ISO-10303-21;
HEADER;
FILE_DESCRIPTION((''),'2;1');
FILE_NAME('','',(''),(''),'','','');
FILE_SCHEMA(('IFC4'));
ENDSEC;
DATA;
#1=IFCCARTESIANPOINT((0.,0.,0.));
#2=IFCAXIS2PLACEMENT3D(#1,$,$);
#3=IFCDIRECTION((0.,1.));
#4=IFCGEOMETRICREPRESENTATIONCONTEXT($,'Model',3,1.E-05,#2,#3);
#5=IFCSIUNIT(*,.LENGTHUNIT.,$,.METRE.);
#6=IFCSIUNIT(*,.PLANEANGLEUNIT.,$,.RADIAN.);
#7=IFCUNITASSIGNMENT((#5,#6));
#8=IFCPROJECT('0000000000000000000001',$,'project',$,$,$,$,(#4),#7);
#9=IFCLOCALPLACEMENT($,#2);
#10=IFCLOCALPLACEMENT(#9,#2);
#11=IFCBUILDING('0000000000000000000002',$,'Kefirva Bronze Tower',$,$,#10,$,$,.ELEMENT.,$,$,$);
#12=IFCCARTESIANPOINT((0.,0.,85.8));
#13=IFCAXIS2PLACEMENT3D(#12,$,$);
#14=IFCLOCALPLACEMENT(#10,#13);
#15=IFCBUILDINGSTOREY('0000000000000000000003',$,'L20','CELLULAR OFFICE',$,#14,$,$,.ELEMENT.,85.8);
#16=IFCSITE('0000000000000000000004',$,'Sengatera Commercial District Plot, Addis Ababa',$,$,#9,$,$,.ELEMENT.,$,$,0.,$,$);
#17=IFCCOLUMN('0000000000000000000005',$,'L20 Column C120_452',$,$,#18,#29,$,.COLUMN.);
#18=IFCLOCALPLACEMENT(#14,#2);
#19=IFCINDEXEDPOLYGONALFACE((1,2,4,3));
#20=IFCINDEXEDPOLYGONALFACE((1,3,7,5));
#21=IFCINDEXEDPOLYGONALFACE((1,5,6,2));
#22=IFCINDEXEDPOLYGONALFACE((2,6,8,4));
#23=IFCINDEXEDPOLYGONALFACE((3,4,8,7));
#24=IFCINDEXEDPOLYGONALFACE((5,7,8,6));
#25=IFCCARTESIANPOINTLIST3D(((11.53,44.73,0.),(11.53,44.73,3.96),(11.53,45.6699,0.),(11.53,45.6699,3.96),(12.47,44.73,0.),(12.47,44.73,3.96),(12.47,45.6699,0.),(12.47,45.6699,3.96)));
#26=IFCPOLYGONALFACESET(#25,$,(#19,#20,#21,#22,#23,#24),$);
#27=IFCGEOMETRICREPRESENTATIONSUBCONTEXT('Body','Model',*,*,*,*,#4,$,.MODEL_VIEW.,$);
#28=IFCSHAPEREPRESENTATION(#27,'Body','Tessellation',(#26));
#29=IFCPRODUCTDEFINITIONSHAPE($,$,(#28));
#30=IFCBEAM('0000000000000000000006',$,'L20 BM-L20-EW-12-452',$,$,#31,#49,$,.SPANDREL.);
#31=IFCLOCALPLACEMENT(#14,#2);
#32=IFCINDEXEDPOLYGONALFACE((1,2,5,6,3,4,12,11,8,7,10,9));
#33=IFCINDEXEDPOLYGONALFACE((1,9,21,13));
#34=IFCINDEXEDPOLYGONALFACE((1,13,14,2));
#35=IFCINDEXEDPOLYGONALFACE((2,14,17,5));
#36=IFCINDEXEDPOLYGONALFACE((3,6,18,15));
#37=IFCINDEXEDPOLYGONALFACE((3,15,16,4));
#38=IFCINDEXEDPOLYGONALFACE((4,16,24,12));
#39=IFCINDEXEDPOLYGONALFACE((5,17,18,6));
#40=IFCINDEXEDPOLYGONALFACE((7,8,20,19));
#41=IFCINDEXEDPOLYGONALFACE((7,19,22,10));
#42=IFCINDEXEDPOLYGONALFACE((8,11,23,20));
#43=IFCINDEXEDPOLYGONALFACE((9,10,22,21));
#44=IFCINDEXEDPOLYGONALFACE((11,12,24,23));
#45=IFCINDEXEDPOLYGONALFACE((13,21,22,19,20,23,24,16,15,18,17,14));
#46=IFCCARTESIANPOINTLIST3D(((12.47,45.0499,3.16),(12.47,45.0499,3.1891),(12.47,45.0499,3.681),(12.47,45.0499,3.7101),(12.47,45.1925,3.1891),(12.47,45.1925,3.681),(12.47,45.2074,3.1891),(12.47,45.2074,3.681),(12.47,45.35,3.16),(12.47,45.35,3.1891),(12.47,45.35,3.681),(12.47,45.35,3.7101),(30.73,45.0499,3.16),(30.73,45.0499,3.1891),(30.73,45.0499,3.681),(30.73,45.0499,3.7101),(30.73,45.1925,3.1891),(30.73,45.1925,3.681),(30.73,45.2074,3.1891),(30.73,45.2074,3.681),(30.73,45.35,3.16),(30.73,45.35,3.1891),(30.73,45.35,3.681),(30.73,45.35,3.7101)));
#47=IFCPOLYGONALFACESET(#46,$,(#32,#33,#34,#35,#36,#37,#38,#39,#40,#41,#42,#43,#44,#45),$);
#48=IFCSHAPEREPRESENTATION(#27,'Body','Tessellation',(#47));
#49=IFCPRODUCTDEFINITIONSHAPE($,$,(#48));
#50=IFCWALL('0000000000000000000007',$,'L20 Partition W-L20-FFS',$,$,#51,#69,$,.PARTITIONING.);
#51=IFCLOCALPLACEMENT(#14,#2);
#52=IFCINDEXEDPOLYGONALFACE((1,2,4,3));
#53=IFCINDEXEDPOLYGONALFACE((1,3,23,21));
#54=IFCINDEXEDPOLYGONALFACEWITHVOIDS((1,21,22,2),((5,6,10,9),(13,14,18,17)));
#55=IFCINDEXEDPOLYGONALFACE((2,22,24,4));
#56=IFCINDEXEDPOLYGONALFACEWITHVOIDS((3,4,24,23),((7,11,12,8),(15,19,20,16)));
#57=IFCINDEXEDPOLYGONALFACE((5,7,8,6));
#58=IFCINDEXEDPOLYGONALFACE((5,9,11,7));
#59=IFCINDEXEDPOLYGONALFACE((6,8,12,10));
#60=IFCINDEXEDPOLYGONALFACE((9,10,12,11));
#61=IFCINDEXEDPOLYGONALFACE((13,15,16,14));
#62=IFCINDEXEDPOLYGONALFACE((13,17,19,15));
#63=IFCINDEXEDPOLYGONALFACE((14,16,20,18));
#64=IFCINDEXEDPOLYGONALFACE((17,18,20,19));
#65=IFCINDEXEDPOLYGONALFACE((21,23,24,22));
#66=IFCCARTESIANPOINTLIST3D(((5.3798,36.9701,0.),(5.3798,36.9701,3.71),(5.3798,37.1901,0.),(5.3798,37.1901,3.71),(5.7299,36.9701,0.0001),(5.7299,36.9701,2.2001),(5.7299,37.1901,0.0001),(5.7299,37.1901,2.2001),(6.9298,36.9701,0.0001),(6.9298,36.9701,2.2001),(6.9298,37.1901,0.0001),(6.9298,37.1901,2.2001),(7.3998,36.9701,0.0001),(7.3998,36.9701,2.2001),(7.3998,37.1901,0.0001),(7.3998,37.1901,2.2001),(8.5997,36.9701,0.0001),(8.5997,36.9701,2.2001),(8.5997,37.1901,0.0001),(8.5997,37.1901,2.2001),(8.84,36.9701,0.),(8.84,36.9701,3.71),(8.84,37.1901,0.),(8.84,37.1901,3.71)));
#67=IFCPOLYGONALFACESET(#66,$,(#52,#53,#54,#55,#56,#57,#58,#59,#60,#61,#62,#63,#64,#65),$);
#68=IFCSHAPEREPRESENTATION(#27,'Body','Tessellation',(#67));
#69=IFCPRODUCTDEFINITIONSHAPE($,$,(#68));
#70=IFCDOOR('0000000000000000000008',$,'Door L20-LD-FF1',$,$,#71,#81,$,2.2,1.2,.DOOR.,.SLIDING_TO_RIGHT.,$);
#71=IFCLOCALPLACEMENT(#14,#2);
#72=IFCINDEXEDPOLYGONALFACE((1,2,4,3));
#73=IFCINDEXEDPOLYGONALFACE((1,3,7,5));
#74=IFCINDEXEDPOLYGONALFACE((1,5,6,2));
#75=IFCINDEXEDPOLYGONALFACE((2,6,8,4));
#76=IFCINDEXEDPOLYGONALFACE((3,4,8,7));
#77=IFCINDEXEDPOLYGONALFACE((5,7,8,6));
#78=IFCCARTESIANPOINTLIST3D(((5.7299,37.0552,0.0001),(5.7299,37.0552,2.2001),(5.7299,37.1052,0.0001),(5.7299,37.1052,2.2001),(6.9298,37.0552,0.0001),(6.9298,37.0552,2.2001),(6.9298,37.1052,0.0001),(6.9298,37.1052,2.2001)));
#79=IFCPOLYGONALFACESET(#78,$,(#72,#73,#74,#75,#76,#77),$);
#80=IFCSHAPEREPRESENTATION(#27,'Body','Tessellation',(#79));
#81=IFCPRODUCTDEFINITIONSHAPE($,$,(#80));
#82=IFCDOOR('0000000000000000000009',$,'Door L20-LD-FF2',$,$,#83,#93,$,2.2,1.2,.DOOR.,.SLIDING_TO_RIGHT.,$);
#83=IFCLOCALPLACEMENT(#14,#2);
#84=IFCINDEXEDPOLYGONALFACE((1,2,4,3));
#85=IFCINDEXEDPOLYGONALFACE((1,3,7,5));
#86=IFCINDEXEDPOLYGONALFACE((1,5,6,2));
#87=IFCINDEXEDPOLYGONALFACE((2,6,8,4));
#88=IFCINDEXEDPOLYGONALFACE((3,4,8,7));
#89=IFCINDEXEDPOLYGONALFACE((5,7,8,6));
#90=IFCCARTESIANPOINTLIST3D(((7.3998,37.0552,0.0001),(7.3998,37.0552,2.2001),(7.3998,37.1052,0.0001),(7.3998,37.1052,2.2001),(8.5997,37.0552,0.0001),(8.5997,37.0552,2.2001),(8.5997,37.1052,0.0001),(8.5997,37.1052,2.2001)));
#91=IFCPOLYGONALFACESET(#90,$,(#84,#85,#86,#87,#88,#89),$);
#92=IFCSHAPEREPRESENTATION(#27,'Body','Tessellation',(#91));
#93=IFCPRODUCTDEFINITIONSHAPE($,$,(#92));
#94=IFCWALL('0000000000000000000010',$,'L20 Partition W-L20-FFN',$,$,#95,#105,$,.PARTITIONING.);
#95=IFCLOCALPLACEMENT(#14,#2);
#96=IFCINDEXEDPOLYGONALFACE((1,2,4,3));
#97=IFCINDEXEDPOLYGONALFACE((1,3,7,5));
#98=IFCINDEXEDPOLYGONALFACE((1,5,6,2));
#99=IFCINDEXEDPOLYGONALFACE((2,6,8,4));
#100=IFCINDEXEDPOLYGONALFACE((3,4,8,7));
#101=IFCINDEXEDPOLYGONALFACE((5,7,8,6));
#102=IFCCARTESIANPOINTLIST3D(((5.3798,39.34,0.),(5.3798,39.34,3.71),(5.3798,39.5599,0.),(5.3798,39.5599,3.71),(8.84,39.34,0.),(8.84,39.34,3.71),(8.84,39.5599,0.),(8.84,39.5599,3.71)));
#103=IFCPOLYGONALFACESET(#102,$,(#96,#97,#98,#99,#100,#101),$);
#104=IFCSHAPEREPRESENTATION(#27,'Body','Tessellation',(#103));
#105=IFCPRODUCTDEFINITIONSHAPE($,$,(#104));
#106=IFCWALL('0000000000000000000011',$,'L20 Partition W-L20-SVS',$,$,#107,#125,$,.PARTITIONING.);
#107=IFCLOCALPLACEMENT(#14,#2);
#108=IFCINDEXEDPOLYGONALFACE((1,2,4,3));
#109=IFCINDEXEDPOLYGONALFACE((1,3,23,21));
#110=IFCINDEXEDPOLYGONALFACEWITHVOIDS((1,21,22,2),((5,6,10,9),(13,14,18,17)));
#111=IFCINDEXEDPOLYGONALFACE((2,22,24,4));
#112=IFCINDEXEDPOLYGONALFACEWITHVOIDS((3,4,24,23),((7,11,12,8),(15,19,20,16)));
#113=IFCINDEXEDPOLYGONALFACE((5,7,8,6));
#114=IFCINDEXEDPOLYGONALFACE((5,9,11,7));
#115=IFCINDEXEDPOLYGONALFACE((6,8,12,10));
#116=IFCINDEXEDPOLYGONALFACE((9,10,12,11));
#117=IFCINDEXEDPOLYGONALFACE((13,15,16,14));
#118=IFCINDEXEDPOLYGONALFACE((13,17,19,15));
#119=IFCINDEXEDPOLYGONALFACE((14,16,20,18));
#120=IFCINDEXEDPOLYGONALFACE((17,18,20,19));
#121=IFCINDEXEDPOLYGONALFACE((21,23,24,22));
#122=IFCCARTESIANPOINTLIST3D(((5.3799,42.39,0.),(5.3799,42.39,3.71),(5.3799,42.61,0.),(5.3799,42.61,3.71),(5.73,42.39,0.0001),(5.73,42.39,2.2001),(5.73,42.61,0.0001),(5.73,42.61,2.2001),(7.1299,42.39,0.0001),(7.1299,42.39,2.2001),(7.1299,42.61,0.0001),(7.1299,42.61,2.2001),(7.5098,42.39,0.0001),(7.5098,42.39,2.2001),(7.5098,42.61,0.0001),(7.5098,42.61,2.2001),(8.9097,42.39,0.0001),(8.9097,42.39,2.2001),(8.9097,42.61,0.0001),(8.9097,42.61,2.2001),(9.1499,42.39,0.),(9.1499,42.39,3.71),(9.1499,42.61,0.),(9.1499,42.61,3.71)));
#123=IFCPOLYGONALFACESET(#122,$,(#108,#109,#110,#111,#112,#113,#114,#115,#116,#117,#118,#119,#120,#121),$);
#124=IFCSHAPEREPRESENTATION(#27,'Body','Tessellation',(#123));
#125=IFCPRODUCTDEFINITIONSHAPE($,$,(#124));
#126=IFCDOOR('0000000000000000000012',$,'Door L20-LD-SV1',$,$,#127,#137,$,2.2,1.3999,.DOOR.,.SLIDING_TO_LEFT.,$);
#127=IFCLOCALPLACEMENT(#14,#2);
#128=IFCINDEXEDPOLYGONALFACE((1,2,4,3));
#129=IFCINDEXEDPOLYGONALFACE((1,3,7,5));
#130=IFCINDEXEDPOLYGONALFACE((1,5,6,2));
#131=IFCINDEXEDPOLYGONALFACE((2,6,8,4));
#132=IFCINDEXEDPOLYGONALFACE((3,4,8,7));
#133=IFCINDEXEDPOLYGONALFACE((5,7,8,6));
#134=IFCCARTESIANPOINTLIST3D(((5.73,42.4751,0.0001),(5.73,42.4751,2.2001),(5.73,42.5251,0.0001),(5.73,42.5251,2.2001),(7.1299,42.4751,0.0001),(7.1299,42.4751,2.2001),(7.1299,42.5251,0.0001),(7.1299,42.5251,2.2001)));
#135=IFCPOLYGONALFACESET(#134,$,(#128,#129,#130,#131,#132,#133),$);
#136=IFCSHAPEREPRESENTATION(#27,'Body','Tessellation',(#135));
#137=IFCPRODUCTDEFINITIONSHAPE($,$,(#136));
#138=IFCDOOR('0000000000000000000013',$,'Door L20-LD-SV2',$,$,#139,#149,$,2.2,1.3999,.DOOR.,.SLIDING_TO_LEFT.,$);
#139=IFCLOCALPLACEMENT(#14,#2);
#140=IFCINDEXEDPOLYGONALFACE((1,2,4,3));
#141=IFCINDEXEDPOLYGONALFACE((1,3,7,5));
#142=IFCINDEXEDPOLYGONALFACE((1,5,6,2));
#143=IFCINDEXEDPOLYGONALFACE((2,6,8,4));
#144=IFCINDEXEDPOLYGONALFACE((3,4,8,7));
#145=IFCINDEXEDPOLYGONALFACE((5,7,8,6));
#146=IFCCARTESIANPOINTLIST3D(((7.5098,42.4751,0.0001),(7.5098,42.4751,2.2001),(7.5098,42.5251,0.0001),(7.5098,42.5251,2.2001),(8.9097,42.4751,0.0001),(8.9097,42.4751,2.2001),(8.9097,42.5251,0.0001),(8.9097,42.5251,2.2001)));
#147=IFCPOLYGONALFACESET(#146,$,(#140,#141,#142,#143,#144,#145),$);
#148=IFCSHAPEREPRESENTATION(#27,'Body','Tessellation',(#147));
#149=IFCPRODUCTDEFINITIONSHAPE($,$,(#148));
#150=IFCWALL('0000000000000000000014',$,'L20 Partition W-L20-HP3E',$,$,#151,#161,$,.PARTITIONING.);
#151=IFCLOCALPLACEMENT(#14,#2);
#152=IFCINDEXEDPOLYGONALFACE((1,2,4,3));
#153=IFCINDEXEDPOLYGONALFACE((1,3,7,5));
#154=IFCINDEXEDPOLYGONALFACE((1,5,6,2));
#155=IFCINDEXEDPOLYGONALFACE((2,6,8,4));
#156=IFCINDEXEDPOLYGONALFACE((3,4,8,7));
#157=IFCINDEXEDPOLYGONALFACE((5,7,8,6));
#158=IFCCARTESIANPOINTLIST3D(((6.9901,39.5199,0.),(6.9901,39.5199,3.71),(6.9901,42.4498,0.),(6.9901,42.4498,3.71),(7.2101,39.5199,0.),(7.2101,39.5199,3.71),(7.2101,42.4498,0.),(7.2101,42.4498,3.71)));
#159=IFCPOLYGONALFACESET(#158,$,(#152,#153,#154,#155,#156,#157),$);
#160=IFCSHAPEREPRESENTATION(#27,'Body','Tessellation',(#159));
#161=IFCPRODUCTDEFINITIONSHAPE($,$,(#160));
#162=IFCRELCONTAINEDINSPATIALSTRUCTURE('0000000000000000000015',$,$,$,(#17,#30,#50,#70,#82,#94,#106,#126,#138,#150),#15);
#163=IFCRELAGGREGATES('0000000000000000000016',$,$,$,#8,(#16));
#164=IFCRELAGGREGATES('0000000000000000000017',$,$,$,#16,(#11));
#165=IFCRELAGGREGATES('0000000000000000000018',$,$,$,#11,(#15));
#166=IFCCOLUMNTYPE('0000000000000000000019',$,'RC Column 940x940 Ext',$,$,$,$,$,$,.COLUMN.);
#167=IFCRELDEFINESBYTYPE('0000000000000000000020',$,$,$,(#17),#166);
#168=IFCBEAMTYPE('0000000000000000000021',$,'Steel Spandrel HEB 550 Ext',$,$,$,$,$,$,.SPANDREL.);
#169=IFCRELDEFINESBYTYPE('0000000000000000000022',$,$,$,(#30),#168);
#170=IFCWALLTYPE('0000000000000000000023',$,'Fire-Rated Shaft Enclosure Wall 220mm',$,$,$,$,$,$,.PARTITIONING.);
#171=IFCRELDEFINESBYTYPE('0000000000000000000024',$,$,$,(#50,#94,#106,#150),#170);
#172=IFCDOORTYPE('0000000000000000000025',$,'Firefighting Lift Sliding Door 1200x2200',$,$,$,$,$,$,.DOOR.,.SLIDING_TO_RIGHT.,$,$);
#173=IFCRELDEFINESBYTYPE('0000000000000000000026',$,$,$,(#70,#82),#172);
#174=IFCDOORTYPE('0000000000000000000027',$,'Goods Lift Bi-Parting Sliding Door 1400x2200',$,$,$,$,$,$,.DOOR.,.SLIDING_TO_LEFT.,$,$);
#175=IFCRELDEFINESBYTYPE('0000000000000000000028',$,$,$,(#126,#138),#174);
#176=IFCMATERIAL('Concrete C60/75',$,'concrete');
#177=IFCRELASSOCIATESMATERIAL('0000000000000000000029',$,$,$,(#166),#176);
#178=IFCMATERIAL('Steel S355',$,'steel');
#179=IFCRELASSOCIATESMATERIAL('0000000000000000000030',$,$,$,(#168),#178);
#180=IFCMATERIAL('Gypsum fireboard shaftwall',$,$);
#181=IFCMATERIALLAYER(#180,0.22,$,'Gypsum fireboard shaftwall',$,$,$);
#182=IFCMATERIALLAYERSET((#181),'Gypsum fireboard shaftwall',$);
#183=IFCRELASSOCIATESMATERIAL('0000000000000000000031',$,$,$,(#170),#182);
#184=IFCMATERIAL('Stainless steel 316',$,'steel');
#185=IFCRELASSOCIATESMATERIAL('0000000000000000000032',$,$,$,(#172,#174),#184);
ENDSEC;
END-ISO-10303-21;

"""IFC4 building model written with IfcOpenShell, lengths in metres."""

from ifc_helpers import new_model, si_unit, direction, frame, frame_2d, origin, origin_2d, place, context, subcontext, project, spatial, rectangle, i_section, extrude, material, layer, layer_set, material_profile, profile_set, type_object, element, fill, save


model = new_model("IFC4")

# Units and contexts
model_context = context("Model", 3, precision=1e-05, world=origin(), true_north=direction((0.0, 1.0)))
body_context = subcontext(model_context, "Body", "Model", "MODEL_VIEW")
ifc_project = project(units=[si_unit("LENGTHUNIT", "METRE"), si_unit("PLANEANGLEUNIT", "RADIAN")], contexts=[model_context])

# Site, building, storey
site_placement = place(None, origin())
site = spatial("IfcSite", under=ifc_project, at=site_placement, Name="Sengatera Commercial District Plot, Addis Ababa", CompositionType="ELEMENT", RefElevation=0.0)
building_placement = place(site_placement, origin())
building = spatial("IfcBuilding", under=site, at=building_placement, Name="Kefirva Bronze Tower", CompositionType="ELEMENT")
storey_placement = place(building_placement, frame((0.0, 0.0, 85.8)))
storey = spatial("IfcBuildingStorey", under=building, at=storey_placement, Name="L20", Description="CELLULAR OFFICE", CompositionType="ELEMENT", Elevation=85.8)

# Column
ifc_material_1 = material(Name="Concrete C60/75", Category="concrete")
ifc_material_profile_1 = material_profile(ifc_material_1, rectangle(XDim=0.9399, YDim=0.9399, at=origin_2d()), Name="RC 940x940")
ifc_profile_set_1 = profile_set([ifc_material_profile_1], Name="Concrete C60/75")
column_type = type_object("IfcColumnType", Name="RC Column 940x940 Ext", PredefinedType="COLUMN", material=ifc_profile_set_1)
column_placement = place(storey_placement, frame((12.0, 45.2, 0.0), z_axis=(0.0, 0.0, 1.0), x_axis=(1.0, 0.0, 0.0)))
element("IfcColumn", 1, at=column_placement, inside=storey, type_object=column_type, Name="L20 Column C120_452", PredefinedType="COLUMN", context=body_context, shape_type="SweptSolid", body=[
    extrude(rectangle(XDim=0.9399, YDim=0.9399, at=origin_2d()), origin(), (0.0, 0.0, 1.0), 3.96),
])

# Beam
ifc_material_2 = material(Name="Steel S355", Category="steel")
ifc_material_profile_2 = material_profile(ifc_material_2, i_section(OverallWidth=0.3, OverallDepth=0.55, WebThickness=0.0149, FlangeThickness=0.0291, at=origin_2d()), Name="HEB 550")
ifc_profile_set_2 = profile_set([ifc_material_profile_2], Name="Steel S355")
beam_type = type_object("IfcBeamType", Name="Steel Spandrel HEB 550 Ext", PredefinedType="SPANDREL", material=ifc_profile_set_2)
beam_placement = place(storey_placement, frame((12.47, 45.2, 3.4351), z_axis=(1.0, 0.0, 0.0), x_axis=(0.0, 1.0, 0.0)))
element("IfcBeam", 2, at=beam_placement, inside=storey, type_object=beam_type, Name="L20 BM-L20-EW-12-452", PredefinedType="SPANDREL", context=body_context, shape_type="SweptSolid", body=[
    extrude(i_section(OverallWidth=0.3, OverallDepth=0.55, WebThickness=0.0149, FlangeThickness=0.0291, at=origin_2d()), origin(), (0.0, 0.0, 1.0), 18.26),
])

# Wall, openings, doors
ifc_material_3 = material(Name="Gypsum fireboard shaftwall")
ifc_layer_1 = layer(ifc_material_3, 0.22, Name="Gypsum fireboard shaftwall")
ifc_layer_set_1 = layer_set([ifc_layer_1], Name="Gypsum fireboard shaftwall")
wall_type_1 = type_object("IfcWallType", Name="Fire-Rated Shaft Enclosure Wall 220mm", PredefinedType="PARTITIONING", material=ifc_layer_set_1)
wall_1_placement = place(storey_placement, frame((5.3799, 37.0801, 0.0), z_axis=(0.0, 0.0, 1.0), x_axis=(1.0, 0.0, 0.0)))
wall_1 = element("IfcWall", 3, at=wall_1_placement, inside=storey, type_object=wall_type_1, Name="L20 Partition W-L20-FFS", PredefinedType="PARTITIONING", context=body_context, shape_type="SweptSolid", body=[
    extrude(rectangle(XDim=3.4602, YDim=0.22, at=frame_2d((1.73, 0.0))), origin(), (0.0, 0.0, 1.0), 3.71),
])
opening_1_placement = place(wall_1_placement, frame((1.55, 0.0, 0.0), z_axis=(0.0, 0.0, 1.0), x_axis=(-1.0, 0.0, 0.0)))
opening_1 = element("IfcOpeningElement", 4, at=opening_1_placement, cuts=wall_1, PredefinedType="OPENING", context=body_context, shape_type="SweptSolid", body=[
    extrude(rectangle(XDim=1.2, YDim=2.2, at=frame_2d((0.6001, 1.1001))), frame((0.0, 0.1201, 0.0), z_axis=(0.0, -1.0, 0.0), x_axis=(1.0, 0.0, 0.0)), (0.0, 0.0, 1.0), 0.24),
])
opening_2_placement = place(wall_1_placement, frame((3.22, 0.0, 0.0), z_axis=(0.0, 0.0, 1.0), x_axis=(-1.0, 0.0, 0.0)))
opening_2 = element("IfcOpeningElement", 5, at=opening_2_placement, cuts=wall_1, PredefinedType="OPENING", context=body_context, shape_type="SweptSolid", body=[
    extrude(rectangle(XDim=1.2, YDim=2.2, at=frame_2d((0.6001, 1.1001))), frame((0.0, 0.1201, 0.0), z_axis=(0.0, -1.0, 0.0), x_axis=(1.0, 0.0, 0.0)), (0.0, 0.0, 1.0), 0.24),
])
ifc_material_4 = material(Name="Stainless steel 316", Category="steel")
door_type_1 = type_object("IfcDoorType", Name="Firefighting Lift Sliding Door 1200x2200", OperationType="SLIDING_TO_RIGHT", PredefinedType="DOOR", material=ifc_material_4)
door_1_placement = place(opening_1_placement, origin())
door_1 = element("IfcDoor", 6, at=door_1_placement, inside=storey, type_object=door_type_1, Name="Door L20-LD-FF1", OperationType="SLIDING_TO_RIGHT", OverallHeight=2.2, OverallWidth=1.2, PredefinedType="DOOR", context=body_context, shape_type="SweptSolid", body=[
    extrude(rectangle(XDim=1.2, YDim=2.2, at=frame_2d((0.6001, 1.1001))), frame((0.0, 0.0249, 0.0), z_axis=(0.0, -1.0, 0.0), x_axis=(1.0, 0.0, 0.0)), (0.0, 0.0, 1.0), 0.05),
])
fill(opening_1, door_1)
door_2_placement = place(opening_2_placement, origin())
door_2 = element("IfcDoor", 7, at=door_2_placement, inside=storey, type_object=door_type_1, Name="Door L20-LD-FF2", OperationType="SLIDING_TO_RIGHT", OverallHeight=2.2, OverallWidth=1.2, PredefinedType="DOOR", context=body_context, shape_type="SweptSolid", body=[
    extrude(rectangle(XDim=1.2, YDim=2.2, at=frame_2d((0.6001, 1.1001))), frame((0.0, 0.0249, 0.0), z_axis=(0.0, -1.0, 0.0), x_axis=(1.0, 0.0, 0.0)), (0.0, 0.0, 1.0), 0.05),
])
fill(opening_2, door_2)

# Wall
wall_2_placement = place(storey_placement, frame((5.3799, 39.45, 0.0), z_axis=(0.0, 0.0, 1.0), x_axis=(1.0, 0.0, 0.0)))
element("IfcWall", 8, at=wall_2_placement, inside=storey, type_object=wall_type_1, Name="L20 Partition W-L20-FFN", PredefinedType="PARTITIONING", context=body_context, shape_type="SweptSolid", body=[
    extrude(rectangle(XDim=3.4602, YDim=0.22, at=frame_2d((1.73, 0.0))), origin(), (0.0, 0.0, 1.0), 3.71),
])

# Wall, openings, doors
wall_3_placement = place(storey_placement, frame((5.3799, 42.5, 0.0), z_axis=(0.0, 0.0, 1.0), x_axis=(1.0, 0.0, 0.0)))
wall_3 = element("IfcWall", 9, at=wall_3_placement, inside=storey, type_object=wall_type_1, Name="L20 Partition W-L20-SVS", PredefinedType="PARTITIONING", context=body_context, shape_type="SweptSolid", body=[
    extrude(rectangle(XDim=3.77, YDim=0.22, at=frame_2d((1.885, 0.0))), origin(), (0.0, 0.0, 1.0), 3.71),
])
opening_3_placement = place(wall_3_placement, frame((1.75, 0.0, 0.0), z_axis=(0.0, 0.0, 1.0), x_axis=(-1.0, 0.0, 0.0)))
opening_3 = element("IfcOpeningElement", 10, at=opening_3_placement, cuts=wall_3, PredefinedType="OPENING", context=body_context, shape_type="SweptSolid", body=[
    extrude(rectangle(XDim=1.3999, YDim=2.2, at=frame_2d((0.7, 1.1001))), frame((0.0, 0.1201, 0.0), z_axis=(0.0, -1.0, 0.0), x_axis=(1.0, 0.0, 0.0)), (0.0, 0.0, 1.0), 0.24),
])
opening_4_placement = place(wall_3_placement, frame((3.5298, 0.0, 0.0), z_axis=(0.0, 0.0, 1.0), x_axis=(-1.0, 0.0, 0.0)))
opening_4 = element("IfcOpeningElement", 11, at=opening_4_placement, cuts=wall_3, PredefinedType="OPENING", context=body_context, shape_type="SweptSolid", body=[
    extrude(rectangle(XDim=1.3999, YDim=2.2, at=frame_2d((0.7, 1.1001))), frame((0.0, 0.1201, 0.0), z_axis=(0.0, -1.0, 0.0), x_axis=(1.0, 0.0, 0.0)), (0.0, 0.0, 1.0), 0.24),
])
door_type_2 = type_object("IfcDoorType", Name="Goods Lift Bi-Parting Sliding Door 1400x2200", OperationType="SLIDING_TO_LEFT", PredefinedType="DOOR", material=ifc_material_4)
door_3_placement = place(opening_3_placement, origin())
door_3 = element("IfcDoor", 12, at=door_3_placement, inside=storey, type_object=door_type_2, Name="Door L20-LD-SV1", OperationType="SLIDING_TO_LEFT", OverallHeight=2.2, OverallWidth=1.3999, PredefinedType="DOOR", context=body_context, shape_type="SweptSolid", body=[
    extrude(rectangle(XDim=1.3999, YDim=2.2, at=frame_2d((0.7, 1.1001))), frame((0.0, 0.0249, 0.0), z_axis=(0.0, -1.0, 0.0), x_axis=(1.0, 0.0, 0.0)), (0.0, 0.0, 1.0), 0.05),
])
fill(opening_3, door_3)
door_4_placement = place(opening_4_placement, origin())
door_4 = element("IfcDoor", 13, at=door_4_placement, inside=storey, type_object=door_type_2, Name="Door L20-LD-SV2", OperationType="SLIDING_TO_LEFT", OverallHeight=2.2, OverallWidth=1.3999, PredefinedType="DOOR", context=body_context, shape_type="SweptSolid", body=[
    extrude(rectangle(XDim=1.3999, YDim=2.2, at=frame_2d((0.7, 1.1001))), frame((0.0, 0.0249, 0.0), z_axis=(0.0, -1.0, 0.0), x_axis=(1.0, 0.0, 0.0)), (0.0, 0.0, 1.0), 0.05),
])
fill(opening_4, door_4)

# Wall
wall_4_placement = place(storey_placement, frame((7.1001, 39.52, 0.0), z_axis=(0.0, 0.0, 1.0), x_axis=(0.0, 1.0, 0.0)))
element("IfcWall", 14, at=wall_4_placement, inside=storey, type_object=wall_type_1, Name="L20 Partition W-L20-HP3E", PredefinedType="PARTITIONING", context=body_context, shape_type="SweptSolid", body=[
    extrude(rectangle(XDim=2.9299, YDim=0.22, at=frame_2d((1.4648, 0.0))), origin(), (0.0, 0.0, 1.0), 3.71),
])

save(model, "model.ifc")
